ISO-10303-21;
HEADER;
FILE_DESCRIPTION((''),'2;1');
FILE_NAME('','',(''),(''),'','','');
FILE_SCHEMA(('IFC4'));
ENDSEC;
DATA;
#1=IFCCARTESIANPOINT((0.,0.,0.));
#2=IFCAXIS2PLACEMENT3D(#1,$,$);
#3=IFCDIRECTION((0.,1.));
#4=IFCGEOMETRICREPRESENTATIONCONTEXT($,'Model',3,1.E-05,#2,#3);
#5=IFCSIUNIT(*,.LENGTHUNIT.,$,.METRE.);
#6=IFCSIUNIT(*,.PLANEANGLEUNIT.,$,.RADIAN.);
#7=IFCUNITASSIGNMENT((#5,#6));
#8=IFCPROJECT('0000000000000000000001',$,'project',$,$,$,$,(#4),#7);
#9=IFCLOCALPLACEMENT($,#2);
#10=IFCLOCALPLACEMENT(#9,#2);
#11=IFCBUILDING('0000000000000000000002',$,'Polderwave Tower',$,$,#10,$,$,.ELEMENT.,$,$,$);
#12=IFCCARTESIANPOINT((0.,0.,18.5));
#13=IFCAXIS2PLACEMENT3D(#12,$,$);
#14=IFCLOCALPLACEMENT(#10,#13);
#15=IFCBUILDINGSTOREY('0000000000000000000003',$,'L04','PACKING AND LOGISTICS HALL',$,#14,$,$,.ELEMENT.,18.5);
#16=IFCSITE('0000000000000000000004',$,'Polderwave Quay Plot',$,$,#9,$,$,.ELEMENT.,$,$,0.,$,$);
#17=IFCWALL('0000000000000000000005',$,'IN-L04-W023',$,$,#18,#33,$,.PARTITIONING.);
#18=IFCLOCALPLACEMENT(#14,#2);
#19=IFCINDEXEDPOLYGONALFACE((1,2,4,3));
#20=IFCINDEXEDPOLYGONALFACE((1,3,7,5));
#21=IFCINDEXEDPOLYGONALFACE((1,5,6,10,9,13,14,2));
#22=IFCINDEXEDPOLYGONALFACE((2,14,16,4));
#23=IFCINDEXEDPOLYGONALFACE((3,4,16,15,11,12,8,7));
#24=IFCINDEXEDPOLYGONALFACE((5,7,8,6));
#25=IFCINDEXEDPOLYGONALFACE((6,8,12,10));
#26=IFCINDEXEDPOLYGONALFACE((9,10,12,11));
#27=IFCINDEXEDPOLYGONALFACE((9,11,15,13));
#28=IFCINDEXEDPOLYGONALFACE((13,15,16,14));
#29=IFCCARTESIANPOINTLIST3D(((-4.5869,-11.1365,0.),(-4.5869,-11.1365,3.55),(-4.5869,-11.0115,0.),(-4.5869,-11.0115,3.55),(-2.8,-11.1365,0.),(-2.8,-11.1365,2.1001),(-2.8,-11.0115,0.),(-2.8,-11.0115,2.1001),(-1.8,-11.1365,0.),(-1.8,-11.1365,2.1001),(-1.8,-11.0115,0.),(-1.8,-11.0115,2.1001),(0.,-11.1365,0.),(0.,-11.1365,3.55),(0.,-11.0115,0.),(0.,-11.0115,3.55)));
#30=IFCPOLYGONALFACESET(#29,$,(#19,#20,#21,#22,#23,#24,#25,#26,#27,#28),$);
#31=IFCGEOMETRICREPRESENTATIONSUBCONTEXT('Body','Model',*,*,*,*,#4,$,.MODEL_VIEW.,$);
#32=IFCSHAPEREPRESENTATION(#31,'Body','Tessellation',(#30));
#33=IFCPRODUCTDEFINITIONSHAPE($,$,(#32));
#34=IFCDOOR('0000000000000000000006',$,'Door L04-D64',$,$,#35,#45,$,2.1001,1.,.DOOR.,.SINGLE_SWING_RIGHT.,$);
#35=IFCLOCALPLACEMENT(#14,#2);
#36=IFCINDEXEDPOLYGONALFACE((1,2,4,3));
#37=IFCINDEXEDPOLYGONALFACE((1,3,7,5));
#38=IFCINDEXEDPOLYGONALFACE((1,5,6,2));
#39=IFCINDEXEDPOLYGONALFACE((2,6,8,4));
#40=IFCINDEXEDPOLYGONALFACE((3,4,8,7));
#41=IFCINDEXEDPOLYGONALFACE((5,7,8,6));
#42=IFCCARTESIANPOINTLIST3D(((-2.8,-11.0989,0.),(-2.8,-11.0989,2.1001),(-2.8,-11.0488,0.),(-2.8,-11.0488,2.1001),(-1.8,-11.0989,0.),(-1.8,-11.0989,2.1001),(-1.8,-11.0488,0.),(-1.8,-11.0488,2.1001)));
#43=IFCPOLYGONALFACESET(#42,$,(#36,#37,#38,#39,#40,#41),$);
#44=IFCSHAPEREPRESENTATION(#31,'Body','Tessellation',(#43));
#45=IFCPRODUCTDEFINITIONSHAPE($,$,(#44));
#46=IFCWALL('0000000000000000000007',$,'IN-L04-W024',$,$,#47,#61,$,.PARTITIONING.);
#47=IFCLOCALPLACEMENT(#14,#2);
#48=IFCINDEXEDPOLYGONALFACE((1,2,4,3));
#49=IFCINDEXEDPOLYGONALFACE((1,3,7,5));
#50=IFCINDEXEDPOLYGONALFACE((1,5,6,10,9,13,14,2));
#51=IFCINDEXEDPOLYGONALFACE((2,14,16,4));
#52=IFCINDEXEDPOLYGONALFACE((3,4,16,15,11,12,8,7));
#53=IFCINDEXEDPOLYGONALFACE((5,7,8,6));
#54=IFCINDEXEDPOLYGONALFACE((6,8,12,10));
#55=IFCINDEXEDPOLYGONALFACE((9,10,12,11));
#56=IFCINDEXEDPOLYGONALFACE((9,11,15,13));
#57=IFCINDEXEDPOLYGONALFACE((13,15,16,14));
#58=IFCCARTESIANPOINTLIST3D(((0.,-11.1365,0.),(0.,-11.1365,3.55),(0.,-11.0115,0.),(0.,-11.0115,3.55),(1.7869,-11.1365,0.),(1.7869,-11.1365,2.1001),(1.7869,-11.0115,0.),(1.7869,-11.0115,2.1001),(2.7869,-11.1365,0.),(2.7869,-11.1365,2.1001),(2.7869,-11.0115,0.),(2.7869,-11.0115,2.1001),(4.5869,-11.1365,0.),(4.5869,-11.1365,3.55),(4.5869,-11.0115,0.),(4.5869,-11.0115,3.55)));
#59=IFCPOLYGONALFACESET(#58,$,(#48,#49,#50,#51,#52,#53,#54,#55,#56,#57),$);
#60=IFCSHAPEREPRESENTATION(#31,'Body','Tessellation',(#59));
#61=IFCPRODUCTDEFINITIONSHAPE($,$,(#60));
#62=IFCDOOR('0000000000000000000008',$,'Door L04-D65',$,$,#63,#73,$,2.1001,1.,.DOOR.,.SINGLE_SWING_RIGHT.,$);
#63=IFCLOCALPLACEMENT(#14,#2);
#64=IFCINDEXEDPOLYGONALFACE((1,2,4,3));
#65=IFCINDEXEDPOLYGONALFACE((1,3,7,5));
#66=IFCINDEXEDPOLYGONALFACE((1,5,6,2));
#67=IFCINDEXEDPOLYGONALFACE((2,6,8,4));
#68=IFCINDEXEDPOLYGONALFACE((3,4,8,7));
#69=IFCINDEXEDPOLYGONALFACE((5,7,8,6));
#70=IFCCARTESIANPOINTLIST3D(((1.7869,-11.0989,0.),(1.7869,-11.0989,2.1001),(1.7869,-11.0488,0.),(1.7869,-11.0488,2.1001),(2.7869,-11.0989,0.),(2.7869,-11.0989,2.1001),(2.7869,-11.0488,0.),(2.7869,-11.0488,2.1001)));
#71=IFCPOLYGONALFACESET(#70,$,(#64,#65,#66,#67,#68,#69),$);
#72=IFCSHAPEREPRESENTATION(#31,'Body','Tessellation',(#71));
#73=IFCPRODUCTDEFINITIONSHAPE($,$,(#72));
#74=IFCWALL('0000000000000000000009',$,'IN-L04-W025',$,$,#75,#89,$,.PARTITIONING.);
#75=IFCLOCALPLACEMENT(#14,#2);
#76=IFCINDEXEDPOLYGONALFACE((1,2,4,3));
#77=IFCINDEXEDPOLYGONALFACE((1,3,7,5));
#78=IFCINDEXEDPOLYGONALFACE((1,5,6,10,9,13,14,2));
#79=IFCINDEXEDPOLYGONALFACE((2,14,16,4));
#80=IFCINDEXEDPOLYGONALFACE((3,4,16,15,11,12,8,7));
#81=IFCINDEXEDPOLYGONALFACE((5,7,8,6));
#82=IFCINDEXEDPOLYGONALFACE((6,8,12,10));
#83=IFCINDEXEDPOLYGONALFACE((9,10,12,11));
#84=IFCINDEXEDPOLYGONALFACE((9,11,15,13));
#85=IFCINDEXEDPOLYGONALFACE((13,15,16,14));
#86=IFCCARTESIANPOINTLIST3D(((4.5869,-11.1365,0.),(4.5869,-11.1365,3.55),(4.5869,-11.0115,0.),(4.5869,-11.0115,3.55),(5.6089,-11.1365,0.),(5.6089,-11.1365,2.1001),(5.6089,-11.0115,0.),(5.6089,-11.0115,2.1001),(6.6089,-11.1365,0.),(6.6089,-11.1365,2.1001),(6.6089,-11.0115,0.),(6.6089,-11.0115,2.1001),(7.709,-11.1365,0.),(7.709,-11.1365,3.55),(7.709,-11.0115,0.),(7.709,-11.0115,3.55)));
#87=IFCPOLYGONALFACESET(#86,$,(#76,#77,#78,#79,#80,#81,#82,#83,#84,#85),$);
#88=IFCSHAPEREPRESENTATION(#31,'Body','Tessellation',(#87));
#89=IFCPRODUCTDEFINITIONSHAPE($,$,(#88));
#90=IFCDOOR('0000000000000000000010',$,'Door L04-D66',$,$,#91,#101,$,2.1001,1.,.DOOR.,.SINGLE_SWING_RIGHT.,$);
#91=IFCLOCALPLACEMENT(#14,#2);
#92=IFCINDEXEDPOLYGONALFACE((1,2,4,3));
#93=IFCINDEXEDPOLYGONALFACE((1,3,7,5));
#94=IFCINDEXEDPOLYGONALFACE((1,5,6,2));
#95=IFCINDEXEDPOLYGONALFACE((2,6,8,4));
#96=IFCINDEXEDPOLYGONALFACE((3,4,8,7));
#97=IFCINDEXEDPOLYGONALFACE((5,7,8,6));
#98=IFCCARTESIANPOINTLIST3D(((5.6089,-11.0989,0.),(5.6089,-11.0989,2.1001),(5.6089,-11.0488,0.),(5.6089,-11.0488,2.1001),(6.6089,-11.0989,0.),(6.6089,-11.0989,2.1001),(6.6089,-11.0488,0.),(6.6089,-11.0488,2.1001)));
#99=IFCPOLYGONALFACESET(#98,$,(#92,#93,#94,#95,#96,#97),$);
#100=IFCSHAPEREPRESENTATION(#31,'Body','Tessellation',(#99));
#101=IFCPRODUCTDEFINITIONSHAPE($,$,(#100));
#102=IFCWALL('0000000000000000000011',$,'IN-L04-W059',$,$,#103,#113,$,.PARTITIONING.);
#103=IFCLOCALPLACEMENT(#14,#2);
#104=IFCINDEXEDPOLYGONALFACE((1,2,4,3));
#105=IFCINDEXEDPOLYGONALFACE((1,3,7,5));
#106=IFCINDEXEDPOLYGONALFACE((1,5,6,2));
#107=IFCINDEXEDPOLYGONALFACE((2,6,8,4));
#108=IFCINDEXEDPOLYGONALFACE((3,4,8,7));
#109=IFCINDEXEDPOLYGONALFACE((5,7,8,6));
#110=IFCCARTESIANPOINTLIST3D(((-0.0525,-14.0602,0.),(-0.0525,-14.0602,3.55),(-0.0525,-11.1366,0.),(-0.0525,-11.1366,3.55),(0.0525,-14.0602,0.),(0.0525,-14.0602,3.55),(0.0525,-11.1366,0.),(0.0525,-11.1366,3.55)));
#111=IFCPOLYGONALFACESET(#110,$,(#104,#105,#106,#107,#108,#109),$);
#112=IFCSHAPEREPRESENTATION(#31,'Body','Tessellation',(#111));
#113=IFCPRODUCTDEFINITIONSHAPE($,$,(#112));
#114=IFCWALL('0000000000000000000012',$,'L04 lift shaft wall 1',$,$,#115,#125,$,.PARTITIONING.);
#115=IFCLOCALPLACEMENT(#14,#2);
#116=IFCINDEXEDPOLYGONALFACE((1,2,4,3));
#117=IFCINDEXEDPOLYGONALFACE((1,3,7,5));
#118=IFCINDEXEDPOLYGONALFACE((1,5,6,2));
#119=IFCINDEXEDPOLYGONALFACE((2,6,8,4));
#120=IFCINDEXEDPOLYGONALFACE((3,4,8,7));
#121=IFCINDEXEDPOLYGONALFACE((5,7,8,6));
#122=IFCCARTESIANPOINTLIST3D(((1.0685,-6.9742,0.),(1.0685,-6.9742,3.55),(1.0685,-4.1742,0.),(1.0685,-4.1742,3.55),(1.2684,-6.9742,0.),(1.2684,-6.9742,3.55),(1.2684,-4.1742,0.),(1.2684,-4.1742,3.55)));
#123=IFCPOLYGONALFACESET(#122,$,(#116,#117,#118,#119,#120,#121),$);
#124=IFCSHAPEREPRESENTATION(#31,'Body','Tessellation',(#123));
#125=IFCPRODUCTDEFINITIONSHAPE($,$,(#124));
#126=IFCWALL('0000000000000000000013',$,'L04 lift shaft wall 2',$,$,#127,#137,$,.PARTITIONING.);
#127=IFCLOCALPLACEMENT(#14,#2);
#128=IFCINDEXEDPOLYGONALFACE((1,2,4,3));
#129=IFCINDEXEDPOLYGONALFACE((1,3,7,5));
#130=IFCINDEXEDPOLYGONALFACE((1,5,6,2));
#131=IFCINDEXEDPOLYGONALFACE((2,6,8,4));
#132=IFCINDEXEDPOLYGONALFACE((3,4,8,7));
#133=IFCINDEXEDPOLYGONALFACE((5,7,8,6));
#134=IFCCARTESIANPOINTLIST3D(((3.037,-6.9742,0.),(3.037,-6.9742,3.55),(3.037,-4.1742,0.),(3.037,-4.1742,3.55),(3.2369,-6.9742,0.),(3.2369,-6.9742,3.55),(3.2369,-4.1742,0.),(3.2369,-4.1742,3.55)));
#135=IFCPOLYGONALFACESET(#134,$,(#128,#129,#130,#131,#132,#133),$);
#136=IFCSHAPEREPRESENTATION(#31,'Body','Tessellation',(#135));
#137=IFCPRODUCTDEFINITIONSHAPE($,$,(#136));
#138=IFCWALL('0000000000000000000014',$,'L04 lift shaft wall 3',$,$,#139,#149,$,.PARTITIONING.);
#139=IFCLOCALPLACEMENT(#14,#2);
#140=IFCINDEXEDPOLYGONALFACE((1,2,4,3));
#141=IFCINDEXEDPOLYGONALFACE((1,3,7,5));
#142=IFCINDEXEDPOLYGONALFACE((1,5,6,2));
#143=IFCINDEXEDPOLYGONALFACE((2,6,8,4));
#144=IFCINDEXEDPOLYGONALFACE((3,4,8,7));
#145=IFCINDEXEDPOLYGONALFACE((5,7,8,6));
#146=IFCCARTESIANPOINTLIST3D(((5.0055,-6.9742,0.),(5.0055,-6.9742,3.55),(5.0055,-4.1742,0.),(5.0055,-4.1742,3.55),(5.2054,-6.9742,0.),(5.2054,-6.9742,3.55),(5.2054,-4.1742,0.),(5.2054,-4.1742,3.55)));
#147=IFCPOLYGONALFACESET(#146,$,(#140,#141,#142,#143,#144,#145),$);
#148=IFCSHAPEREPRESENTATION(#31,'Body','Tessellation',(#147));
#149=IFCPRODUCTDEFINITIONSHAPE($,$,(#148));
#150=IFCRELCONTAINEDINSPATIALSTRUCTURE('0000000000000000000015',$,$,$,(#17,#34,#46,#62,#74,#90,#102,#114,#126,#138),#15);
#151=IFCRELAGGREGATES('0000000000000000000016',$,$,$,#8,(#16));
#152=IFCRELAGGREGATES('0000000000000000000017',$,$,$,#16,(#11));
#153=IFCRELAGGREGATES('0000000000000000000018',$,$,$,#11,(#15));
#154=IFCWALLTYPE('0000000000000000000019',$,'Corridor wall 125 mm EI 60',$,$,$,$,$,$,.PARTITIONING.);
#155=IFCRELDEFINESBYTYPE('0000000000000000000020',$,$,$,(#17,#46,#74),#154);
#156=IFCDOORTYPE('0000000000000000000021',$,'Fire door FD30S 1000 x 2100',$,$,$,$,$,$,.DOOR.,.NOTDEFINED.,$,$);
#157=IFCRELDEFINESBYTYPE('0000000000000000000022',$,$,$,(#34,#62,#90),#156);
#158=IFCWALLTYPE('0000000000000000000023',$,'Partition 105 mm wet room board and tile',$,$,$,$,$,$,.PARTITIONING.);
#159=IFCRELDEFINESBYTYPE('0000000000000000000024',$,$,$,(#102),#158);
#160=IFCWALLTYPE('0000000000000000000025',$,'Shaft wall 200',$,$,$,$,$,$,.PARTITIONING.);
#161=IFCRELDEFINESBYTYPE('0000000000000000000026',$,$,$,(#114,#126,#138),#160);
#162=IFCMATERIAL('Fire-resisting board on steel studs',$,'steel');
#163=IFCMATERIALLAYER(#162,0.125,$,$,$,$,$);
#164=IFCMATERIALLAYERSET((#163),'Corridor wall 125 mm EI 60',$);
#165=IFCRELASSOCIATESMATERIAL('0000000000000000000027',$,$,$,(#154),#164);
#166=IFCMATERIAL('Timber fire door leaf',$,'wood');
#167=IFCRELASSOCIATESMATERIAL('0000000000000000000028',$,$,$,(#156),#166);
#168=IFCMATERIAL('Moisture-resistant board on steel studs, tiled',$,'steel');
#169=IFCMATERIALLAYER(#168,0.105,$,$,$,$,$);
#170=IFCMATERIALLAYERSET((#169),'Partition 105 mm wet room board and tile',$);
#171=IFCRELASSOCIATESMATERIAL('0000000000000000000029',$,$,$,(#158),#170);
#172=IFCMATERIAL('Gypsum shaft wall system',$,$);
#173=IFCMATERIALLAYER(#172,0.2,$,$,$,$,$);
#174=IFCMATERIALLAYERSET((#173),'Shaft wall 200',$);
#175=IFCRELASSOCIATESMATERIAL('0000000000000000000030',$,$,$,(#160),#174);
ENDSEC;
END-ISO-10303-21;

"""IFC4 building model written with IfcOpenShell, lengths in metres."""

from ifc_helpers import new_model, si_unit, direction, frame, frame_2d, origin, place, context, subcontext, project, spatial, rectangle, extrude, material, layer, layer_set, type_object, element, fill, save


model = new_model("IFC4")

# Units and contexts
model_context = context("Model", 3, precision=1e-05, world=origin(), true_north=direction((0.0, 1.0)))
body_context = subcontext(model_context, "Body", "Model", "MODEL_VIEW")
ifc_project = project(units=[si_unit("LENGTHUNIT", "METRE"), si_unit("PLANEANGLEUNIT", "RADIAN")], contexts=[model_context])

# Site, building, storey
site_placement = place(None, origin())
site = spatial("IfcSite", under=ifc_project, at=site_placement, Name="Polderwave Quay Plot", CompositionType="ELEMENT", RefElevation=0.0)
building_placement = place(site_placement, origin())
building = spatial("IfcBuilding", under=site, at=building_placement, Name="Polderwave Tower", CompositionType="ELEMENT")
storey_placement = place(building_placement, frame((0.0, 0.0, 18.5)))
storey = spatial("IfcBuildingStorey", under=building, at=storey_placement, Name="L04", Description="PACKING AND LOGISTICS HALL", CompositionType="ELEMENT", Elevation=18.5)

# Walls, openings, doors
ifc_material_1 = material(Name="Fire-resisting board on steel studs", Category="steel")
ifc_layer_1 = layer(ifc_material_1, 0.125)
ifc_layer_set_1 = layer_set([ifc_layer_1], Name="Corridor wall 125 mm EI 60")
wall_type_1 = type_object("IfcWallType", Name="Corridor wall 125 mm EI 60", PredefinedType="PARTITIONING", material=ifc_layer_set_1)
wall_1_placement = place(storey_placement, frame((0.0, -11.074, 0.0), z_axis=(0.0, 0.0, 1.0), x_axis=(-1.0, 0.0, 0.0)))
wall_1 = element("IfcWall", 1, at=wall_1_placement, inside=storey, type_object=wall_type_1, Name="IN-L04-W023", PredefinedType="PARTITIONING", context=body_context, shape_type="SweptSolid", body=[
    extrude(rectangle(XDim=4.5869, YDim=0.125, at=frame_2d((2.2935, 0.0))), origin(), (0.0, 0.0, 1.0), 3.55),
])
opening_1_placement = place(wall_1_placement, frame((1.8, 0.0, 0.0)))
opening_1 = element("IfcOpeningElement", 2, at=opening_1_placement, cuts=wall_1, PredefinedType="OPENING", context=body_context, shape_type="SweptSolid", body=[
    extrude(rectangle(XDim=1.0, YDim=2.1001, at=frame_2d((0.5, 1.05))), frame((0.0, 0.0725, 0.0), z_axis=(0.0, -1.0, 0.0), x_axis=(1.0, 0.0, 0.0)), (0.0, 0.0, 1.0), 0.145),
])
ifc_material_2 = material(Name="Timber fire door leaf", Category="wood")
door_type_1 = type_object("IfcDoorType", Name="Fire door FD30S 1000 x 2100", OperationType="NOTDEFINED", PredefinedType="DOOR", material=ifc_material_2)
door_1_placement = place(opening_1_placement, origin())
door_1 = element("IfcDoor", 3, at=door_1_placement, inside=storey, type_object=door_type_1, Name="Door L04-D64", OperationType="SINGLE_SWING_RIGHT", OverallHeight=2.1001, OverallWidth=1.0, PredefinedType="DOOR", context=body_context, shape_type="SweptSolid", body=[
    extrude(rectangle(XDim=1.0, YDim=2.1001, at=frame_2d((0.5, 1.05))), frame((0.0, 0.0249, 0.0), z_axis=(0.0, -1.0, 0.0), x_axis=(1.0, 0.0, 0.0)), (0.0, 0.0, 1.0), 0.05),
])
fill(opening_1, door_1)
wall_2_placement = place(storey_placement, frame((4.5869, -11.074, 0.0), z_axis=(0.0, 0.0, 1.0), x_axis=(-1.0, 0.0, 0.0)))
wall_2 = element("IfcWall", 4, at=wall_2_placement, inside=storey, type_object=wall_type_1, Name="IN-L04-W024", PredefinedType="PARTITIONING", context=body_context, shape_type="SweptSolid", body=[
    extrude(rectangle(XDim=4.5869, YDim=0.125, at=frame_2d((2.2935, 0.0))), origin(), (0.0, 0.0, 1.0), 3.55),
])
opening_2_placement = place(wall_2_placement, frame((1.8, 0.0, 0.0)))
opening_2 = element("IfcOpeningElement", 5, at=opening_2_placement, cuts=wall_2, PredefinedType="OPENING", context=body_context, shape_type="SweptSolid", body=[
    extrude(rectangle(XDim=1.0, YDim=2.1001, at=frame_2d((0.5, 1.05))), frame((0.0, 0.0725, 0.0), z_axis=(0.0, -1.0, 0.0), x_axis=(1.0, 0.0, 0.0)), (0.0, 0.0, 1.0), 0.145),
])
door_2_placement = place(opening_2_placement, origin())
door_2 = element("IfcDoor", 6, at=door_2_placement, inside=storey, type_object=door_type_1, Name="Door L04-D65", OperationType="SINGLE_SWING_RIGHT", OverallHeight=2.1001, OverallWidth=1.0, PredefinedType="DOOR", context=body_context, shape_type="SweptSolid", body=[
    extrude(rectangle(XDim=1.0, YDim=2.1001, at=frame_2d((0.5, 1.05))), frame((0.0, 0.0249, 0.0), z_axis=(0.0, -1.0, 0.0), x_axis=(1.0, 0.0, 0.0)), (0.0, 0.0, 1.0), 0.05),
])
fill(opening_2, door_2)
wall_3_placement = place(storey_placement, frame((7.709, -11.074, 0.0), z_axis=(0.0, 0.0, 1.0), x_axis=(-1.0, 0.0, 0.0)))
wall_3 = element("IfcWall", 7, at=wall_3_placement, inside=storey, type_object=wall_type_1, Name="IN-L04-W025", PredefinedType="PARTITIONING", context=body_context, shape_type="SweptSolid", body=[
    extrude(rectangle(XDim=3.1221, YDim=0.125, at=frame_2d((1.561, 0.0))), origin(), (0.0, 0.0, 1.0), 3.55),
])
opening_3_placement = place(wall_3_placement, frame((1.1001, 0.0, 0.0)))
opening_3 = element("IfcOpeningElement", 8, at=opening_3_placement, cuts=wall_3, PredefinedType="OPENING", context=body_context, shape_type="SweptSolid", body=[
    extrude(rectangle(XDim=1.0, YDim=2.1001, at=frame_2d((0.5, 1.05))), frame((0.0, 0.0725, 0.0), z_axis=(0.0, -1.0, 0.0), x_axis=(1.0, 0.0, 0.0)), (0.0, 0.0, 1.0), 0.145),
])
door_3_placement = place(opening_3_placement, origin())
door_3 = element("IfcDoor", 9, at=door_3_placement, inside=storey, type_object=door_type_1, Name="Door L04-D66", OperationType="SINGLE_SWING_RIGHT", OverallHeight=2.1001, OverallWidth=1.0, PredefinedType="DOOR", context=body_context, shape_type="SweptSolid", body=[
    extrude(rectangle(XDim=1.0, YDim=2.1001, at=frame_2d((0.5, 1.05))), frame((0.0, 0.0249, 0.0), z_axis=(0.0, -1.0, 0.0), x_axis=(1.0, 0.0, 0.0)), (0.0, 0.0, 1.0), 0.05),
])
fill(opening_3, door_3)

# Walls
ifc_material_3 = material(Name="Moisture-resistant board on steel studs, tiled", Category="steel")
ifc_layer_2 = layer(ifc_material_3, 0.105)
ifc_layer_set_2 = layer_set([ifc_layer_2], Name="Partition 105 mm wet room board and tile")
wall_type_2 = type_object("IfcWallType", Name="Partition 105 mm wet room board and tile", PredefinedType="PARTITIONING", material=ifc_layer_set_2)
wall_4_placement = place(storey_placement, frame((0.0, -11.1365, 0.0), z_axis=(0.0, 0.0, 1.0), x_axis=(0.0, -1.0, 0.0)))
element("IfcWall", 10, at=wall_4_placement, inside=storey, type_object=wall_type_2, Name="IN-L04-W059", PredefinedType="PARTITIONING", context=body_context, shape_type="SweptSolid", body=[
    extrude(rectangle(XDim=2.9236, YDim=0.105, at=frame_2d((1.4619, 0.0))), origin(), (0.0, 0.0, 1.0), 3.55),
])
ifc_material_4 = material(Name="Gypsum shaft wall system")
ifc_layer_3 = layer(ifc_material_4, 0.2)
ifc_layer_set_3 = layer_set([ifc_layer_3], Name="Shaft wall 200")
wall_type_3 = type_object("IfcWallType", Name="Shaft wall 200", PredefinedType="PARTITIONING", material=ifc_layer_set_3)
for number, where, z_axis, x_axis, name in (
    (11, (1.1685, -6.9741, 0.0), (0.0, 0.0, 1.0), (0.0, 1.0, 0.0), "L04 lift shaft wall 1"),
    (12, (3.137, -6.9741, 0.0), (0.0, 0.0, 1.0), (0.0, 1.0, 0.0), "L04 lift shaft wall 2"),
    (13, (5.1055, -6.9741, 0.0), (0.0, 0.0, 1.0), (0.0, 1.0, 0.0), "L04 lift shaft wall 3"),
):
    element("IfcWall", number, at=place(storey_placement, frame(where, z_axis=z_axis, x_axis=x_axis)), inside=storey, type_object=wall_type_3, Name=name, PredefinedType="PARTITIONING", context=body_context, shape_type="SweptSolid", body=[
        extrude(rectangle(XDim=2.8, YDim=0.2, at=frame_2d((1.3999, 0.0))), origin(), (0.0, 0.0, 1.0), 3.55),
    ])

save(model, "model.ifc")
